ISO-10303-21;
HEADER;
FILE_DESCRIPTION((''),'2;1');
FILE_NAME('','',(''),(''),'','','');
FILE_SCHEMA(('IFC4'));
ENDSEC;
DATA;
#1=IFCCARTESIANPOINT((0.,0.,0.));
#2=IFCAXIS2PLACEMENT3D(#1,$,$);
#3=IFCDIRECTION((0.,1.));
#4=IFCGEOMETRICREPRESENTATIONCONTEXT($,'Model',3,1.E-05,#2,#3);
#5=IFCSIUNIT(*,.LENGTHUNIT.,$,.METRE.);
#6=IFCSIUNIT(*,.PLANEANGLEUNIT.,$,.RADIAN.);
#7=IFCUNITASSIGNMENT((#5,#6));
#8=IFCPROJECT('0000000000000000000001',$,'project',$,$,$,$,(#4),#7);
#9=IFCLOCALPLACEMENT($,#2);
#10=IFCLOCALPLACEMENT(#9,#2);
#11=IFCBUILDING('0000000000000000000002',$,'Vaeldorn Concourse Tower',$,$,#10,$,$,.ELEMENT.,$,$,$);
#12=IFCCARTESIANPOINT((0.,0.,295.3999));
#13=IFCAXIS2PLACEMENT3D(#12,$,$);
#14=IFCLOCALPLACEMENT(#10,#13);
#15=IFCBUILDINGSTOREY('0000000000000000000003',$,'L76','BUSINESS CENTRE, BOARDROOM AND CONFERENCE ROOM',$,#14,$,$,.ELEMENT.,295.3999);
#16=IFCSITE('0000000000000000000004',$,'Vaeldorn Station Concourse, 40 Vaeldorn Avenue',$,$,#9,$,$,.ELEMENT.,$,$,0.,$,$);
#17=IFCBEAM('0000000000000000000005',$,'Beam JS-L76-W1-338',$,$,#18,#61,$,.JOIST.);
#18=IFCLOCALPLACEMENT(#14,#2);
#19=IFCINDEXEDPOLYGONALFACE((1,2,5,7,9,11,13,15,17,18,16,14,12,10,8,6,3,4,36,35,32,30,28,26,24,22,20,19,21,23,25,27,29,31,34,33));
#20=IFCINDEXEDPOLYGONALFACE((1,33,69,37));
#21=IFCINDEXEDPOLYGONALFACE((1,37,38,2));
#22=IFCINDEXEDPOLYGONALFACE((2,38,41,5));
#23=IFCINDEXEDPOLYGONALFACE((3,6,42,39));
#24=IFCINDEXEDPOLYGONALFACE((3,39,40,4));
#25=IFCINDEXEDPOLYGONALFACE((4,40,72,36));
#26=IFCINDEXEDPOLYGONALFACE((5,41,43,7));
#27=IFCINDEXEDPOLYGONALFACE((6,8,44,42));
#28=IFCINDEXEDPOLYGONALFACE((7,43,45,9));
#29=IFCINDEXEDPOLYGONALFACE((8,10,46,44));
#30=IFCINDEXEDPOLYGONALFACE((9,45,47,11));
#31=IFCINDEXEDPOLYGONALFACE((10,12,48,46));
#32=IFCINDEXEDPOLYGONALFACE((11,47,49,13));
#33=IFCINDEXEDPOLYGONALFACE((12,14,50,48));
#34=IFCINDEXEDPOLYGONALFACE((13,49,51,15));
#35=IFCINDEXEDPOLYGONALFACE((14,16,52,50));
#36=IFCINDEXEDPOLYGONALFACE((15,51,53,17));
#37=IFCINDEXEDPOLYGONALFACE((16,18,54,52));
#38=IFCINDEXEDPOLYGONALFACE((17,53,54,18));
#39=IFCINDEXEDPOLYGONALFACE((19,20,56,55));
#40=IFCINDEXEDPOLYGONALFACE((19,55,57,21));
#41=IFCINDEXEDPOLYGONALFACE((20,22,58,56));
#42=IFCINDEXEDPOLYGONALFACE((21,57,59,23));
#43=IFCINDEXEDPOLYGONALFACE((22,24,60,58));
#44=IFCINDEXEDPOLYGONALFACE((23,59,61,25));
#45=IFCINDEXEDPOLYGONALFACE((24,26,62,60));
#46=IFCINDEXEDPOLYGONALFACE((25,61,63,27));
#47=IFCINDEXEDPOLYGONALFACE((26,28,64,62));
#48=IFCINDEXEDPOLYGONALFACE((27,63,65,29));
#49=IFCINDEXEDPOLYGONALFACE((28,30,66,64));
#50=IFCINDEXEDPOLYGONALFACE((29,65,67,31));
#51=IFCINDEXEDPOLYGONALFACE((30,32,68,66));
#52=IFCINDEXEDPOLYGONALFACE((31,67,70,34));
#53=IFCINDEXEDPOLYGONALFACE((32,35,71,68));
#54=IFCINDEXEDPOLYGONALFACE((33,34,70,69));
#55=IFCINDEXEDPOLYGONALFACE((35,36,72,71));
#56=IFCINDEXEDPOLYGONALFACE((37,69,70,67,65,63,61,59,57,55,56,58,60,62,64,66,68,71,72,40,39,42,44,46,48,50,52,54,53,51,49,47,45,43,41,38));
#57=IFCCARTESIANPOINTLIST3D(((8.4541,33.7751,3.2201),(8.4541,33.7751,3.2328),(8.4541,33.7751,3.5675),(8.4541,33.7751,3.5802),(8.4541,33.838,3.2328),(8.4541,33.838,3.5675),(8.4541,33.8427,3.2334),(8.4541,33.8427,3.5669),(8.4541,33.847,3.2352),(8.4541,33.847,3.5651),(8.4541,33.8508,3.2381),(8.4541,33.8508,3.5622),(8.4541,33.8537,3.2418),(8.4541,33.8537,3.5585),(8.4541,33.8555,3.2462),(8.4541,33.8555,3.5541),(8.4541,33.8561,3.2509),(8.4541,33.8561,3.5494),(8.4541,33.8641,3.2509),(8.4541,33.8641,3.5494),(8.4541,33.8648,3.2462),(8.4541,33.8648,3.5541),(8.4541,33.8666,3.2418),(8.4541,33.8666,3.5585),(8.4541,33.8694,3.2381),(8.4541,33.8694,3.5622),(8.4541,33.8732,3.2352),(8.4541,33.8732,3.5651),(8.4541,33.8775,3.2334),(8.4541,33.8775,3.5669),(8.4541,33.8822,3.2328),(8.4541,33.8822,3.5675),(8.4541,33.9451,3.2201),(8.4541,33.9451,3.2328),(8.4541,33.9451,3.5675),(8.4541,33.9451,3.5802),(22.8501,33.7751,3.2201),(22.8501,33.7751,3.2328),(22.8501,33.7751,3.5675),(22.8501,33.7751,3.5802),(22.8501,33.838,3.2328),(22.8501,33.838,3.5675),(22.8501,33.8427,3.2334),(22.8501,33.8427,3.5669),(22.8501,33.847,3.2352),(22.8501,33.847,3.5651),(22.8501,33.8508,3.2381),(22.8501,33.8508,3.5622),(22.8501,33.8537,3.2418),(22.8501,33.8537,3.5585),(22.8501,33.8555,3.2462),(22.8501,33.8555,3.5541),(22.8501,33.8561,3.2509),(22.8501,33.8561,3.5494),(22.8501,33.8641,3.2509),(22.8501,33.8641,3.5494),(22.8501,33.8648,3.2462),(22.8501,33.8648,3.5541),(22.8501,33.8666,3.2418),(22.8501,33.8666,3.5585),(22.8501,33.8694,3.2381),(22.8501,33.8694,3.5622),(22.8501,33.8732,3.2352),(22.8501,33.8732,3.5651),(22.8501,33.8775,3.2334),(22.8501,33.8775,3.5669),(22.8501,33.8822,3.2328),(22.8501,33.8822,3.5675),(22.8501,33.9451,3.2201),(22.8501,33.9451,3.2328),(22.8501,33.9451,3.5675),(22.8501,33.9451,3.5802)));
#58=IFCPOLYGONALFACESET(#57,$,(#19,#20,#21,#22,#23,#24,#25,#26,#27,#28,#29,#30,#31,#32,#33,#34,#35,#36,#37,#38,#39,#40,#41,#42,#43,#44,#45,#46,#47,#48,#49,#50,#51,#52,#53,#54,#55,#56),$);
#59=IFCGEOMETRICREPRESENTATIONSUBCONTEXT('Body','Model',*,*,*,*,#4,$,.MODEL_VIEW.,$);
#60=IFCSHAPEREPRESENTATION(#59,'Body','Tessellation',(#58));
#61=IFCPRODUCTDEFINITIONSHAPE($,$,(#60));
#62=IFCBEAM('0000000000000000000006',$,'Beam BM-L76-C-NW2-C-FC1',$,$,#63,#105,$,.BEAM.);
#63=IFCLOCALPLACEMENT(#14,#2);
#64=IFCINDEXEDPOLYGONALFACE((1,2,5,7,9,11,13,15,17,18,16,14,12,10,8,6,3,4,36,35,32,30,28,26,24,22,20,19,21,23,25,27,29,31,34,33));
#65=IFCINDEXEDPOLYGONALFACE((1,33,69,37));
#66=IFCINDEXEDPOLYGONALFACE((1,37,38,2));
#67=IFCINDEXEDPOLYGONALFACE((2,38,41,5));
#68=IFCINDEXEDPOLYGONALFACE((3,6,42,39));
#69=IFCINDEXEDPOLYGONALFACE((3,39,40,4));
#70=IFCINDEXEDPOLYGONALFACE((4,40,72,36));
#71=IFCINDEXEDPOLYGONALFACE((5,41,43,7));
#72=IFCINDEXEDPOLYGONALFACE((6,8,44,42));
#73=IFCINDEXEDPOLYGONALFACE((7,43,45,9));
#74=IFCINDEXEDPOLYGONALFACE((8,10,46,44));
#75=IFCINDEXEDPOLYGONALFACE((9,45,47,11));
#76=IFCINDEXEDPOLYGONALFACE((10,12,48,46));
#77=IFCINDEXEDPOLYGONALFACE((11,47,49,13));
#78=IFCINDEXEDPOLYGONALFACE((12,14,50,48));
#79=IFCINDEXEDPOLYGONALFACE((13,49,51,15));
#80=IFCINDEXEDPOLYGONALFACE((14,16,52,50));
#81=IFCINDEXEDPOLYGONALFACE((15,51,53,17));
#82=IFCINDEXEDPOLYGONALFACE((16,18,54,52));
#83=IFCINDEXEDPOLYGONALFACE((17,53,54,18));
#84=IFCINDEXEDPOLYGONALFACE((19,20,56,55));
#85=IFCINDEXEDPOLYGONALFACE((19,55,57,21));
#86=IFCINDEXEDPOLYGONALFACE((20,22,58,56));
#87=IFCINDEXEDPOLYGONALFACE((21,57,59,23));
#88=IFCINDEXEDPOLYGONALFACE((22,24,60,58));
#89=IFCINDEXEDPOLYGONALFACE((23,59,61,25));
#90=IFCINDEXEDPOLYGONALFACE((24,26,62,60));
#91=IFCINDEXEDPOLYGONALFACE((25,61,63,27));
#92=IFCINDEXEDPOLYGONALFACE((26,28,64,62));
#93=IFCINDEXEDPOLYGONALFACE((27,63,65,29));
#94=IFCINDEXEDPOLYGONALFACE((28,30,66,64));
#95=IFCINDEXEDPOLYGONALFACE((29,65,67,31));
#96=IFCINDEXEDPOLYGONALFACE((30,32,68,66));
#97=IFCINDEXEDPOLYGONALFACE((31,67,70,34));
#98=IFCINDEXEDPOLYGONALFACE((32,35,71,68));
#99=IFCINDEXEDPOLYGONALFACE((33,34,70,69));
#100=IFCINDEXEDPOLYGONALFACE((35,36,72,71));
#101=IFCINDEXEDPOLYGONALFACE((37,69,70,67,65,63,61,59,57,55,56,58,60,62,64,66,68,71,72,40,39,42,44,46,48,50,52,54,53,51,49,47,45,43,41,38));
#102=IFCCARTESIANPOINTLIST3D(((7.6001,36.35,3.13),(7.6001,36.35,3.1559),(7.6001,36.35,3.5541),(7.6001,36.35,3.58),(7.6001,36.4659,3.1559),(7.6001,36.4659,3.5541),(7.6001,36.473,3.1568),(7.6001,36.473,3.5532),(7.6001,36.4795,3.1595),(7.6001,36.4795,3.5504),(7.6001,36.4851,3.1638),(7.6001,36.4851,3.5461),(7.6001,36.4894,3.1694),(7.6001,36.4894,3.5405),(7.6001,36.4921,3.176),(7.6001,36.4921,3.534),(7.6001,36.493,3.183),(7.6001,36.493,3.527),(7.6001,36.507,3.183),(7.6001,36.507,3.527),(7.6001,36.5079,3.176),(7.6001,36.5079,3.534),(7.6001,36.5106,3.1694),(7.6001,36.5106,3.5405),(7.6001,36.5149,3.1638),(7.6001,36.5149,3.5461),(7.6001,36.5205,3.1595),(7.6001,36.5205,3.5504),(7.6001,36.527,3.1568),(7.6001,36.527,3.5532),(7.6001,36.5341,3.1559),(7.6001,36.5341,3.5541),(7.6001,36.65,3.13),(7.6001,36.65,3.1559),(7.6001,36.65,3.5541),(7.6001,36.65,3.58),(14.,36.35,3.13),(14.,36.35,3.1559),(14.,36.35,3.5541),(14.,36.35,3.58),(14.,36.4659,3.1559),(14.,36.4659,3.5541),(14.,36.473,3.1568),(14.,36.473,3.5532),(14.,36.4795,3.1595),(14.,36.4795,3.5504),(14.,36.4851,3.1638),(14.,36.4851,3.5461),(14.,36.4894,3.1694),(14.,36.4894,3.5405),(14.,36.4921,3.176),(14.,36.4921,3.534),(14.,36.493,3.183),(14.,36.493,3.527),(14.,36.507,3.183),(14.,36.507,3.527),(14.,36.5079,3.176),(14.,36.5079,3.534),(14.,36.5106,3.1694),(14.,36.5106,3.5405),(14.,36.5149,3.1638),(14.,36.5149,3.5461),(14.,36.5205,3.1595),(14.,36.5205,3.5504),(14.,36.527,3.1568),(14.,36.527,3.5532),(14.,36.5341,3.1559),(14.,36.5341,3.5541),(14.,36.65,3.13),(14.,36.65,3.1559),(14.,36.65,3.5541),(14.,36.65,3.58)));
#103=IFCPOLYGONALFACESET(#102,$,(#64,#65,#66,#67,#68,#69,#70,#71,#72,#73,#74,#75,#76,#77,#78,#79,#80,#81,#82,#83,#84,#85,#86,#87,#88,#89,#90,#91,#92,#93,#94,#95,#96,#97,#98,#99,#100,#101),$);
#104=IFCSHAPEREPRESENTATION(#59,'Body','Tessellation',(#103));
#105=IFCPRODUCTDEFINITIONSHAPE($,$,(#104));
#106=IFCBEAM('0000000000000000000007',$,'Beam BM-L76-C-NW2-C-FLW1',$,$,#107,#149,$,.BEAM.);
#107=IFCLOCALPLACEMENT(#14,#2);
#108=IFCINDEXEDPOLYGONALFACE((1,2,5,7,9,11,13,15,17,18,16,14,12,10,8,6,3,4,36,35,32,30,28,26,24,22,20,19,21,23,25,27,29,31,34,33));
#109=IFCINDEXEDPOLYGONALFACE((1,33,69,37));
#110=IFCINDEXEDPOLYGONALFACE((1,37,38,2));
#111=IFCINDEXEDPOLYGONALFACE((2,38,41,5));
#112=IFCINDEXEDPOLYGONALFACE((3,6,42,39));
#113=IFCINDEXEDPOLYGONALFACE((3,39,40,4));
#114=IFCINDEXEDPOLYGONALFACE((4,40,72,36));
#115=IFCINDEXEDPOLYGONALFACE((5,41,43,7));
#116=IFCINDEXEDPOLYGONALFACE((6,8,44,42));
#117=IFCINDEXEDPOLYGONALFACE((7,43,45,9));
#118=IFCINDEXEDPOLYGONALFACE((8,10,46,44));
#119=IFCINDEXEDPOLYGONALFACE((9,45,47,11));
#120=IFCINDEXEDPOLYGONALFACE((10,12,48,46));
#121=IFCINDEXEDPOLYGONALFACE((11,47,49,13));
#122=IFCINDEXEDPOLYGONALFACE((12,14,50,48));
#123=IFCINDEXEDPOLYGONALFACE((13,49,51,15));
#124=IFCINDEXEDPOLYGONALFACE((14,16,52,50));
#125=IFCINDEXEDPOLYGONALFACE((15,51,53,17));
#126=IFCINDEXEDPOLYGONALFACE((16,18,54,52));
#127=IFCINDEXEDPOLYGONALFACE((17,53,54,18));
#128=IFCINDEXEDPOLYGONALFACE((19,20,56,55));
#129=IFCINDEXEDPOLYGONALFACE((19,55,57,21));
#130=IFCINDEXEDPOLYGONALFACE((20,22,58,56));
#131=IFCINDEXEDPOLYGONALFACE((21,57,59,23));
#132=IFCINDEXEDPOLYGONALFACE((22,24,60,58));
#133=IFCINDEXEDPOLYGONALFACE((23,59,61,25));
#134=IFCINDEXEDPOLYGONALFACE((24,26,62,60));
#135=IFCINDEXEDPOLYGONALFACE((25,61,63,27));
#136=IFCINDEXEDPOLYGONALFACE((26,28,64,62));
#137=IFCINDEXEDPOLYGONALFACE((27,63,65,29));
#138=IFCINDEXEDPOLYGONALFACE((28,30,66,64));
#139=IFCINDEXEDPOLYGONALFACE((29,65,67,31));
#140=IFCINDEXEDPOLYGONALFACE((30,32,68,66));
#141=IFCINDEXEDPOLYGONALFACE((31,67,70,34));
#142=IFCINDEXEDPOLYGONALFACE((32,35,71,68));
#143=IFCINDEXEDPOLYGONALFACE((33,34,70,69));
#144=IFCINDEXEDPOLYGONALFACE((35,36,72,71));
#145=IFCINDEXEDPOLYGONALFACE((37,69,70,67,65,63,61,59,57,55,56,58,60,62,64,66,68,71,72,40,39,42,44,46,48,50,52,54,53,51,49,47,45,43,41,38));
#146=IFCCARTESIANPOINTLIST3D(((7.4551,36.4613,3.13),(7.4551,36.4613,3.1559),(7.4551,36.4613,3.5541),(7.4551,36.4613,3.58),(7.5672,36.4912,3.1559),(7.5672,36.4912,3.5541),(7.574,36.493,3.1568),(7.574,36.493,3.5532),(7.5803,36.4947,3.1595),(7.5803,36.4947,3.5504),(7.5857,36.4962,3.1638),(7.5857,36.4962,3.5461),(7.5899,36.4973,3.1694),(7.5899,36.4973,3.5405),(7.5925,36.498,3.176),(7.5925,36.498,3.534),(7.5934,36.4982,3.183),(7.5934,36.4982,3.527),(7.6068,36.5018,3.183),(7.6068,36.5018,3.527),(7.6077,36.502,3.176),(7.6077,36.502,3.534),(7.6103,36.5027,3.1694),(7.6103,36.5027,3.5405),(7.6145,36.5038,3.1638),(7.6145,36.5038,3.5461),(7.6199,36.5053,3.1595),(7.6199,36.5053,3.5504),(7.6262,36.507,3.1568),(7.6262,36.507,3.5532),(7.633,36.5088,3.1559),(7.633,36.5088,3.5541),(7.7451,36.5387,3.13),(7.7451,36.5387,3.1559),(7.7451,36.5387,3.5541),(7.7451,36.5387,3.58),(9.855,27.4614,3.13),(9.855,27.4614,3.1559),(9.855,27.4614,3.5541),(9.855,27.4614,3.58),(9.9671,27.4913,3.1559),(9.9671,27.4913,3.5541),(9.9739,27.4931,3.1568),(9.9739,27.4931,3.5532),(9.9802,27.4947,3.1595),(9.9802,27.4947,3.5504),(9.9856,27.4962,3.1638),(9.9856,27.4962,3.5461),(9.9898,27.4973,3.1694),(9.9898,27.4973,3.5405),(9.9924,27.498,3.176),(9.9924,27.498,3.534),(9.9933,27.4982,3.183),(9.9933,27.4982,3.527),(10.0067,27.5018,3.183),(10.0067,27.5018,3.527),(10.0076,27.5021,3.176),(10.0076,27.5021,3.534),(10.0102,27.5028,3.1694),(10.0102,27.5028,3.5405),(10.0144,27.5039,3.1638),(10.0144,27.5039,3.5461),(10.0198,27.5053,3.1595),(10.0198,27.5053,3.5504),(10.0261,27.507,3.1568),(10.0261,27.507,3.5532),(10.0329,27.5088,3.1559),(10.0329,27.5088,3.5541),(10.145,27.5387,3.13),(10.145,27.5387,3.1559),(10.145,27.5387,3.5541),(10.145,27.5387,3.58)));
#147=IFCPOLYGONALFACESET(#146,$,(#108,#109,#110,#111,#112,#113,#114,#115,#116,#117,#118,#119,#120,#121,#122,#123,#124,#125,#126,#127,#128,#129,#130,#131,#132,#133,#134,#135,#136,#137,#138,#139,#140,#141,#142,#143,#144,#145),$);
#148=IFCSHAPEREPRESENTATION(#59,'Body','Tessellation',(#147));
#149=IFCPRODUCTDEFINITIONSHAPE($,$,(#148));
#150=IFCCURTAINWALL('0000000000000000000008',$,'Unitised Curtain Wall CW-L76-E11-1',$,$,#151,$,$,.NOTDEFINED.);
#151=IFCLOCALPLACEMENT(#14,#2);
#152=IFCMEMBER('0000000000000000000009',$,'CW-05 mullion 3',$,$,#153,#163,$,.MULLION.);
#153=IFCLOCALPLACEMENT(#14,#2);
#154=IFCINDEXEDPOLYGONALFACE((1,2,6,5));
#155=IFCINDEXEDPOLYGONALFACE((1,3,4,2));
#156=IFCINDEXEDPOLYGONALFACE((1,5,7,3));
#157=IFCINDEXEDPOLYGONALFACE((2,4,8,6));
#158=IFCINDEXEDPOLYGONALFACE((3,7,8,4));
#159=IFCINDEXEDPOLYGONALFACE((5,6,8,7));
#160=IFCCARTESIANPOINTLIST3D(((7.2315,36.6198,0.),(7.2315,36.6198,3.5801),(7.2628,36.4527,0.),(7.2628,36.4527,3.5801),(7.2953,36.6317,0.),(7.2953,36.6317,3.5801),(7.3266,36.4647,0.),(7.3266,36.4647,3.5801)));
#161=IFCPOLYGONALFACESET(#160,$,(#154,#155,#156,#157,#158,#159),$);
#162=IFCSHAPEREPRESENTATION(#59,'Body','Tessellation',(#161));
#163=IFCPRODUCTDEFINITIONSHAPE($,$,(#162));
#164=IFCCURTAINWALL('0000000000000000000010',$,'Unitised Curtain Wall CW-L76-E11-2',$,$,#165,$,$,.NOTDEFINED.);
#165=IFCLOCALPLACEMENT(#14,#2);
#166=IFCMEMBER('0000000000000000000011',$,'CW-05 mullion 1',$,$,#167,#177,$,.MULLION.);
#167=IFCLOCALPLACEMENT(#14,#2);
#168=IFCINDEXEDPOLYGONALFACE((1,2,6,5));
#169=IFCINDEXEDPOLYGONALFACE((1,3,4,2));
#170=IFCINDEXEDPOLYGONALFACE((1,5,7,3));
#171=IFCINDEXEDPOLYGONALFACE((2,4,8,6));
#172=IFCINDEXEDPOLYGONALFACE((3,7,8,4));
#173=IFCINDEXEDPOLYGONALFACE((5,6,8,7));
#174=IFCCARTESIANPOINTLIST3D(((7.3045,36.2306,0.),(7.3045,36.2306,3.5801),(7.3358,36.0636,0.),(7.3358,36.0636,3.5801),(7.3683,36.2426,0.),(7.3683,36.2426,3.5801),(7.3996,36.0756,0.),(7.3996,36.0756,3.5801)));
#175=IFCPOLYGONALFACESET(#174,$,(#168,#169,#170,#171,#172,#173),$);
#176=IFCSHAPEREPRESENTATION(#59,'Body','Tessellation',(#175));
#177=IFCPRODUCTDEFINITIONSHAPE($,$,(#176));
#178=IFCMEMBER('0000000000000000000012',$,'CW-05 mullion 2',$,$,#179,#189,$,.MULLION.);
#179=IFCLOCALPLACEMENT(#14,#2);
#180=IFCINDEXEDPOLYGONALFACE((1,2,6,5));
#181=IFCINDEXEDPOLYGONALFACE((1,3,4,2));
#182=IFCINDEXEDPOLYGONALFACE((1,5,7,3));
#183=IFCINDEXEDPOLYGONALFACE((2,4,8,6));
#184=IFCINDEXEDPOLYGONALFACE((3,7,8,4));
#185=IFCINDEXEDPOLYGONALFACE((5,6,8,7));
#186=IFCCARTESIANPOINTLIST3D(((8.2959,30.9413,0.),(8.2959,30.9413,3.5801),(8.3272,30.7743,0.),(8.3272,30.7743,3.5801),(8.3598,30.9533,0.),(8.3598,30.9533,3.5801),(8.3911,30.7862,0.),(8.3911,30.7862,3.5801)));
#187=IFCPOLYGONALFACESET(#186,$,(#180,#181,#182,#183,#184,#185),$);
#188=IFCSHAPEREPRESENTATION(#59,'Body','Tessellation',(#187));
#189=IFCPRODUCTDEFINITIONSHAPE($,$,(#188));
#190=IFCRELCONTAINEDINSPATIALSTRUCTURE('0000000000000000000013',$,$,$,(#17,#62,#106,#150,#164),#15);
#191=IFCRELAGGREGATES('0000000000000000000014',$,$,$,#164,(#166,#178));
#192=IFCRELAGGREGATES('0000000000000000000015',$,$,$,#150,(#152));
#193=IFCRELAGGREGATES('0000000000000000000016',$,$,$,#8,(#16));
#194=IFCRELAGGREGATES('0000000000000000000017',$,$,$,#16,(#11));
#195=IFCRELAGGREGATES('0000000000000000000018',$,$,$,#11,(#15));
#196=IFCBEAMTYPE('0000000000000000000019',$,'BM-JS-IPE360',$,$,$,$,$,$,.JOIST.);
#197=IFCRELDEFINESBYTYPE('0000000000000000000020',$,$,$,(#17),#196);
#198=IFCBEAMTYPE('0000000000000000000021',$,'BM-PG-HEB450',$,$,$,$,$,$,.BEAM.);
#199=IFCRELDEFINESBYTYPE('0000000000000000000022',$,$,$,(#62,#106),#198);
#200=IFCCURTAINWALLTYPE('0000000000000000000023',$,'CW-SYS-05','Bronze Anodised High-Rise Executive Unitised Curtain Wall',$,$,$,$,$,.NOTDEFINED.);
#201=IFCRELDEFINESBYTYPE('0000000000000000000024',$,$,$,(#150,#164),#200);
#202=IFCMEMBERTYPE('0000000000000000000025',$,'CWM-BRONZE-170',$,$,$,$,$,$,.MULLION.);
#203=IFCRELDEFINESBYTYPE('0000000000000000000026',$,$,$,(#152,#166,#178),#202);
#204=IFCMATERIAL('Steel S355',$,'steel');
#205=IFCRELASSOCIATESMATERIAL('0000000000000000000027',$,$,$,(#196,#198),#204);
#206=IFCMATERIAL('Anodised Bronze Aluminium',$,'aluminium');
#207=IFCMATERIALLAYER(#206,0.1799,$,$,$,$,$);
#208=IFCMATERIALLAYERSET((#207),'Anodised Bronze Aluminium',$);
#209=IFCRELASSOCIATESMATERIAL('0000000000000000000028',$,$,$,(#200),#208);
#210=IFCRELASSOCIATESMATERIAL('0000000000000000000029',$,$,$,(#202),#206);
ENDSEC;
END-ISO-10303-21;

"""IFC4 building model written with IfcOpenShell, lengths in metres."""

from ifc_helpers import new_model, si_unit, direction, frame, origin, origin_2d, place, context, subcontext, project, spatial, rectangle, i_section, extrude, source, transform, mapped, material, layer, layer_set, material_profile, profile_set, type_object, element, aggregate, save


model = new_model("IFC4")

# Units and contexts
model_context = context("Model", 3, precision=1e-05, world=origin(), true_north=direction((0.0, 1.0)))
body_context = subcontext(model_context, "Body", "Model", "MODEL_VIEW")
ifc_project = project(units=[si_unit("LENGTHUNIT", "METRE"), si_unit("PLANEANGLEUNIT", "RADIAN")], contexts=[model_context])

# Site, building, storey
site_placement = place(None, origin())
site = spatial("IfcSite", under=ifc_project, at=site_placement, Name="Vaeldorn Station Concourse, 40 Vaeldorn Avenue", CompositionType="ELEMENT", RefElevation=0.0)
building_placement = place(site_placement, origin())
building = spatial("IfcBuilding", under=site, at=building_placement, Name="Vaeldorn Concourse Tower", CompositionType="ELEMENT")
storey_placement = place(building_placement, frame((0.0, 0.0, 295.3999)))
storey = spatial("IfcBuildingStorey", under=building, at=storey_placement, Name="L76", Description="BUSINESS CENTRE, BOARDROOM AND CONFERENCE ROOM", CompositionType="ELEMENT", Elevation=295.3999)

# Shared definitions
ifc_material_1 = material(Name="Steel S355", Category="steel")

# Beams
ifc_material_profile_1 = material_profile(ifc_material_1, i_section(OverallWidth=0.1699, OverallDepth=0.3601, WebThickness=0.0081, FlangeThickness=0.0127, FilletRadius=0.0181, at=origin_2d()), Name="IPE 360")
ifc_profile_set_1 = profile_set([ifc_material_profile_1], Name="Steel S355")
beam_type_1 = type_object("IfcBeamType", Name="BM-JS-IPE360", PredefinedType="JOIST", material=ifc_profile_set_1)
shared_shape_1 = source(origin(), body_context, "Body", "SweptSolid", [
    extrude(i_section(OverallWidth=0.1699, OverallDepth=0.3601, WebThickness=0.0081, FlangeThickness=0.0127, FilletRadius=0.0181, at=origin_2d()), origin(), (0.0, 0.0, 1.0), 14.396),
])
beam_1_placement = place(storey_placement, frame((8.4541, 33.8601, 3.4001), z_axis=(1.0, 0.0, 0.0), x_axis=(0.0, 1.0, 0.0)))
element("IfcBeam", 1, at=beam_1_placement, inside=storey, type_object=beam_type_1, Name="Beam JS-L76-W1-338", PredefinedType="JOIST", context=body_context, shape_type="MappedRepresentation", body=[
    mapped(shared_shape_1, transform((0.0, 0.0, 0.0), scale=1.0)),
])
ifc_material_profile_2 = material_profile(ifc_material_1, i_section(OverallWidth=0.3, OverallDepth=0.45, WebThickness=0.0139, FlangeThickness=0.0259, FilletRadius=0.0271, at=origin_2d()), Name="HEB 450")
ifc_profile_set_2 = profile_set([ifc_material_profile_2], Name="Steel S355")
beam_type_2 = type_object("IfcBeamType", Name="BM-PG-HEB450", PredefinedType="BEAM", material=ifc_profile_set_2)
shared_shape_2 = source(origin(), body_context, "Body", "SweptSolid", [
    extrude(i_section(OverallWidth=0.3, OverallDepth=0.45, WebThickness=0.0139, FlangeThickness=0.0259, FilletRadius=0.0271, at=origin_2d()), origin(), (0.0, 0.0, 1.0), 6.3999),
])
beam_2_placement = place(storey_placement, frame((7.6001, 36.5, 3.355), z_axis=(1.0, 0.0, 0.0), x_axis=(0.0, 1.0, 0.0)))
element("IfcBeam", 2, at=beam_2_placement, inside=storey, type_object=beam_type_2, Name="Beam BM-L76-C-NW2-C-FC1", PredefinedType="BEAM", context=body_context, shape_type="MappedRepresentation", body=[
    mapped(shared_shape_2, transform((0.0, 0.0, 0.0), scale=1.0)),
])
shared_shape_3 = source(origin(), body_context, "Body", "SweptSolid", [
    extrude(i_section(OverallWidth=0.3, OverallDepth=0.45, WebThickness=0.0139, FlangeThickness=0.0259, FilletRadius=0.0271, at=origin_2d()), origin(), (0.0, 0.0, 1.0), 9.3145),
])
beam_3_placement = place(storey_placement, frame((7.6001, 36.5, 3.355), z_axis=(0.257653, -0.966238, 0.0), x_axis=(0.966238, 0.257653, 0.0)))
element("IfcBeam", 3, at=beam_3_placement, inside=storey, type_object=beam_type_2, Name="Beam BM-L76-C-NW2-C-FLW1", PredefinedType="BEAM", context=body_context, shape_type="MappedRepresentation", body=[
    mapped(shared_shape_3, transform((0.0, 0.0, 0.0), scale=1.0)),
])

# Curtain wall, member
ifc_material_2 = material(Name="Anodised Bronze Aluminium", Category="aluminium")
ifc_layer_1 = layer(ifc_material_2, 0.1799)
ifc_layer_set_1 = layer_set([ifc_layer_1], Name="Anodised Bronze Aluminium")
curtain_wall_type = type_object("IfcCurtainWallType", Name="CW-SYS-05", Description="Bronze Anodised High-Rise Executive Unitised Curtain Wall", PredefinedType="NOTDEFINED", material=ifc_layer_set_1)
curtain_wall_1_placement = place(storey_placement, origin())
curtain_wall_1 = element("IfcCurtainWall", 4, at=curtain_wall_1_placement, inside=storey, type_object=curtain_wall_type, Name="Unitised Curtain Wall CW-L76-E11-1", PredefinedType="NOTDEFINED")
ifc_material_profile_3 = material_profile(ifc_material_2, rectangle(XDim=0.0649, YDim=0.1699, at=origin_2d()), Name="CWM 65x170")
ifc_profile_set_3 = profile_set([ifc_material_profile_3], Name="Anodised Bronze Aluminium")
member_type_1 = type_object("IfcMemberType", Name="CWM-BRONZE-170", PredefinedType="MULLION", material=ifc_profile_set_3)
shared_shape_4 = source(origin(), body_context, "Body", "SweptSolid", [
    extrude(rectangle(XDim=0.0649, YDim=0.1699, at=origin_2d()), origin(), (0.0, 0.0, 1.0), 3.5801),
])
member_1_placement = place(storey_placement, frame((7.2791, 36.5422, 0.0), z_axis=(0.0, 0.0, 1.0), x_axis=(0.98288, 0.184246, 0.0)))
member_1 = element("IfcMember", 5, at=member_1_placement, type_object=member_type_1, Name="CW-05 mullion 3", PredefinedType="MULLION", context=body_context, shape_type="MappedRepresentation", body=[
    mapped(shared_shape_4, transform((0.0, 0.0, 0.0), scale=1.0)),
])

# Curtain wall, members
curtain_wall_2_placement = place(storey_placement, origin())
curtain_wall_2 = element("IfcCurtainWall", 6, at=curtain_wall_2_placement, inside=storey, type_object=curtain_wall_type, Name="Unitised Curtain Wall CW-L76-E11-2", PredefinedType="NOTDEFINED")
member_2_placement = place(storey_placement, frame((7.3521, 36.1531, 0.0), z_axis=(0.0, 0.0, 1.0), x_axis=(0.98288, 0.184247, 0.0)))
member_2 = element("IfcMember", 7, at=member_2_placement, type_object=member_type_1, Name="CW-05 mullion 1", PredefinedType="MULLION", context=body_context, shape_type="MappedRepresentation", body=[
    mapped(shared_shape_4, transform((0.0, 0.0, 0.0), scale=1.0)),
])
member_3_placement = place(storey_placement, frame((8.3435, 30.8638, 0.0), z_axis=(0.0, 0.0, 1.0), x_axis=(0.98288, 0.184247, 0.0)))
member_3 = element("IfcMember", 8, at=member_3_placement, type_object=member_type_1, Name="CW-05 mullion 2", PredefinedType="MULLION", context=body_context, shape_type="MappedRepresentation", body=[
    mapped(shared_shape_4, transform((0.0, 0.0, 0.0), scale=1.0)),
])

aggregate(curtain_wall_2, [member_2, member_3])
aggregate(curtain_wall_1, [member_1])

save(model, "model.ifc")
